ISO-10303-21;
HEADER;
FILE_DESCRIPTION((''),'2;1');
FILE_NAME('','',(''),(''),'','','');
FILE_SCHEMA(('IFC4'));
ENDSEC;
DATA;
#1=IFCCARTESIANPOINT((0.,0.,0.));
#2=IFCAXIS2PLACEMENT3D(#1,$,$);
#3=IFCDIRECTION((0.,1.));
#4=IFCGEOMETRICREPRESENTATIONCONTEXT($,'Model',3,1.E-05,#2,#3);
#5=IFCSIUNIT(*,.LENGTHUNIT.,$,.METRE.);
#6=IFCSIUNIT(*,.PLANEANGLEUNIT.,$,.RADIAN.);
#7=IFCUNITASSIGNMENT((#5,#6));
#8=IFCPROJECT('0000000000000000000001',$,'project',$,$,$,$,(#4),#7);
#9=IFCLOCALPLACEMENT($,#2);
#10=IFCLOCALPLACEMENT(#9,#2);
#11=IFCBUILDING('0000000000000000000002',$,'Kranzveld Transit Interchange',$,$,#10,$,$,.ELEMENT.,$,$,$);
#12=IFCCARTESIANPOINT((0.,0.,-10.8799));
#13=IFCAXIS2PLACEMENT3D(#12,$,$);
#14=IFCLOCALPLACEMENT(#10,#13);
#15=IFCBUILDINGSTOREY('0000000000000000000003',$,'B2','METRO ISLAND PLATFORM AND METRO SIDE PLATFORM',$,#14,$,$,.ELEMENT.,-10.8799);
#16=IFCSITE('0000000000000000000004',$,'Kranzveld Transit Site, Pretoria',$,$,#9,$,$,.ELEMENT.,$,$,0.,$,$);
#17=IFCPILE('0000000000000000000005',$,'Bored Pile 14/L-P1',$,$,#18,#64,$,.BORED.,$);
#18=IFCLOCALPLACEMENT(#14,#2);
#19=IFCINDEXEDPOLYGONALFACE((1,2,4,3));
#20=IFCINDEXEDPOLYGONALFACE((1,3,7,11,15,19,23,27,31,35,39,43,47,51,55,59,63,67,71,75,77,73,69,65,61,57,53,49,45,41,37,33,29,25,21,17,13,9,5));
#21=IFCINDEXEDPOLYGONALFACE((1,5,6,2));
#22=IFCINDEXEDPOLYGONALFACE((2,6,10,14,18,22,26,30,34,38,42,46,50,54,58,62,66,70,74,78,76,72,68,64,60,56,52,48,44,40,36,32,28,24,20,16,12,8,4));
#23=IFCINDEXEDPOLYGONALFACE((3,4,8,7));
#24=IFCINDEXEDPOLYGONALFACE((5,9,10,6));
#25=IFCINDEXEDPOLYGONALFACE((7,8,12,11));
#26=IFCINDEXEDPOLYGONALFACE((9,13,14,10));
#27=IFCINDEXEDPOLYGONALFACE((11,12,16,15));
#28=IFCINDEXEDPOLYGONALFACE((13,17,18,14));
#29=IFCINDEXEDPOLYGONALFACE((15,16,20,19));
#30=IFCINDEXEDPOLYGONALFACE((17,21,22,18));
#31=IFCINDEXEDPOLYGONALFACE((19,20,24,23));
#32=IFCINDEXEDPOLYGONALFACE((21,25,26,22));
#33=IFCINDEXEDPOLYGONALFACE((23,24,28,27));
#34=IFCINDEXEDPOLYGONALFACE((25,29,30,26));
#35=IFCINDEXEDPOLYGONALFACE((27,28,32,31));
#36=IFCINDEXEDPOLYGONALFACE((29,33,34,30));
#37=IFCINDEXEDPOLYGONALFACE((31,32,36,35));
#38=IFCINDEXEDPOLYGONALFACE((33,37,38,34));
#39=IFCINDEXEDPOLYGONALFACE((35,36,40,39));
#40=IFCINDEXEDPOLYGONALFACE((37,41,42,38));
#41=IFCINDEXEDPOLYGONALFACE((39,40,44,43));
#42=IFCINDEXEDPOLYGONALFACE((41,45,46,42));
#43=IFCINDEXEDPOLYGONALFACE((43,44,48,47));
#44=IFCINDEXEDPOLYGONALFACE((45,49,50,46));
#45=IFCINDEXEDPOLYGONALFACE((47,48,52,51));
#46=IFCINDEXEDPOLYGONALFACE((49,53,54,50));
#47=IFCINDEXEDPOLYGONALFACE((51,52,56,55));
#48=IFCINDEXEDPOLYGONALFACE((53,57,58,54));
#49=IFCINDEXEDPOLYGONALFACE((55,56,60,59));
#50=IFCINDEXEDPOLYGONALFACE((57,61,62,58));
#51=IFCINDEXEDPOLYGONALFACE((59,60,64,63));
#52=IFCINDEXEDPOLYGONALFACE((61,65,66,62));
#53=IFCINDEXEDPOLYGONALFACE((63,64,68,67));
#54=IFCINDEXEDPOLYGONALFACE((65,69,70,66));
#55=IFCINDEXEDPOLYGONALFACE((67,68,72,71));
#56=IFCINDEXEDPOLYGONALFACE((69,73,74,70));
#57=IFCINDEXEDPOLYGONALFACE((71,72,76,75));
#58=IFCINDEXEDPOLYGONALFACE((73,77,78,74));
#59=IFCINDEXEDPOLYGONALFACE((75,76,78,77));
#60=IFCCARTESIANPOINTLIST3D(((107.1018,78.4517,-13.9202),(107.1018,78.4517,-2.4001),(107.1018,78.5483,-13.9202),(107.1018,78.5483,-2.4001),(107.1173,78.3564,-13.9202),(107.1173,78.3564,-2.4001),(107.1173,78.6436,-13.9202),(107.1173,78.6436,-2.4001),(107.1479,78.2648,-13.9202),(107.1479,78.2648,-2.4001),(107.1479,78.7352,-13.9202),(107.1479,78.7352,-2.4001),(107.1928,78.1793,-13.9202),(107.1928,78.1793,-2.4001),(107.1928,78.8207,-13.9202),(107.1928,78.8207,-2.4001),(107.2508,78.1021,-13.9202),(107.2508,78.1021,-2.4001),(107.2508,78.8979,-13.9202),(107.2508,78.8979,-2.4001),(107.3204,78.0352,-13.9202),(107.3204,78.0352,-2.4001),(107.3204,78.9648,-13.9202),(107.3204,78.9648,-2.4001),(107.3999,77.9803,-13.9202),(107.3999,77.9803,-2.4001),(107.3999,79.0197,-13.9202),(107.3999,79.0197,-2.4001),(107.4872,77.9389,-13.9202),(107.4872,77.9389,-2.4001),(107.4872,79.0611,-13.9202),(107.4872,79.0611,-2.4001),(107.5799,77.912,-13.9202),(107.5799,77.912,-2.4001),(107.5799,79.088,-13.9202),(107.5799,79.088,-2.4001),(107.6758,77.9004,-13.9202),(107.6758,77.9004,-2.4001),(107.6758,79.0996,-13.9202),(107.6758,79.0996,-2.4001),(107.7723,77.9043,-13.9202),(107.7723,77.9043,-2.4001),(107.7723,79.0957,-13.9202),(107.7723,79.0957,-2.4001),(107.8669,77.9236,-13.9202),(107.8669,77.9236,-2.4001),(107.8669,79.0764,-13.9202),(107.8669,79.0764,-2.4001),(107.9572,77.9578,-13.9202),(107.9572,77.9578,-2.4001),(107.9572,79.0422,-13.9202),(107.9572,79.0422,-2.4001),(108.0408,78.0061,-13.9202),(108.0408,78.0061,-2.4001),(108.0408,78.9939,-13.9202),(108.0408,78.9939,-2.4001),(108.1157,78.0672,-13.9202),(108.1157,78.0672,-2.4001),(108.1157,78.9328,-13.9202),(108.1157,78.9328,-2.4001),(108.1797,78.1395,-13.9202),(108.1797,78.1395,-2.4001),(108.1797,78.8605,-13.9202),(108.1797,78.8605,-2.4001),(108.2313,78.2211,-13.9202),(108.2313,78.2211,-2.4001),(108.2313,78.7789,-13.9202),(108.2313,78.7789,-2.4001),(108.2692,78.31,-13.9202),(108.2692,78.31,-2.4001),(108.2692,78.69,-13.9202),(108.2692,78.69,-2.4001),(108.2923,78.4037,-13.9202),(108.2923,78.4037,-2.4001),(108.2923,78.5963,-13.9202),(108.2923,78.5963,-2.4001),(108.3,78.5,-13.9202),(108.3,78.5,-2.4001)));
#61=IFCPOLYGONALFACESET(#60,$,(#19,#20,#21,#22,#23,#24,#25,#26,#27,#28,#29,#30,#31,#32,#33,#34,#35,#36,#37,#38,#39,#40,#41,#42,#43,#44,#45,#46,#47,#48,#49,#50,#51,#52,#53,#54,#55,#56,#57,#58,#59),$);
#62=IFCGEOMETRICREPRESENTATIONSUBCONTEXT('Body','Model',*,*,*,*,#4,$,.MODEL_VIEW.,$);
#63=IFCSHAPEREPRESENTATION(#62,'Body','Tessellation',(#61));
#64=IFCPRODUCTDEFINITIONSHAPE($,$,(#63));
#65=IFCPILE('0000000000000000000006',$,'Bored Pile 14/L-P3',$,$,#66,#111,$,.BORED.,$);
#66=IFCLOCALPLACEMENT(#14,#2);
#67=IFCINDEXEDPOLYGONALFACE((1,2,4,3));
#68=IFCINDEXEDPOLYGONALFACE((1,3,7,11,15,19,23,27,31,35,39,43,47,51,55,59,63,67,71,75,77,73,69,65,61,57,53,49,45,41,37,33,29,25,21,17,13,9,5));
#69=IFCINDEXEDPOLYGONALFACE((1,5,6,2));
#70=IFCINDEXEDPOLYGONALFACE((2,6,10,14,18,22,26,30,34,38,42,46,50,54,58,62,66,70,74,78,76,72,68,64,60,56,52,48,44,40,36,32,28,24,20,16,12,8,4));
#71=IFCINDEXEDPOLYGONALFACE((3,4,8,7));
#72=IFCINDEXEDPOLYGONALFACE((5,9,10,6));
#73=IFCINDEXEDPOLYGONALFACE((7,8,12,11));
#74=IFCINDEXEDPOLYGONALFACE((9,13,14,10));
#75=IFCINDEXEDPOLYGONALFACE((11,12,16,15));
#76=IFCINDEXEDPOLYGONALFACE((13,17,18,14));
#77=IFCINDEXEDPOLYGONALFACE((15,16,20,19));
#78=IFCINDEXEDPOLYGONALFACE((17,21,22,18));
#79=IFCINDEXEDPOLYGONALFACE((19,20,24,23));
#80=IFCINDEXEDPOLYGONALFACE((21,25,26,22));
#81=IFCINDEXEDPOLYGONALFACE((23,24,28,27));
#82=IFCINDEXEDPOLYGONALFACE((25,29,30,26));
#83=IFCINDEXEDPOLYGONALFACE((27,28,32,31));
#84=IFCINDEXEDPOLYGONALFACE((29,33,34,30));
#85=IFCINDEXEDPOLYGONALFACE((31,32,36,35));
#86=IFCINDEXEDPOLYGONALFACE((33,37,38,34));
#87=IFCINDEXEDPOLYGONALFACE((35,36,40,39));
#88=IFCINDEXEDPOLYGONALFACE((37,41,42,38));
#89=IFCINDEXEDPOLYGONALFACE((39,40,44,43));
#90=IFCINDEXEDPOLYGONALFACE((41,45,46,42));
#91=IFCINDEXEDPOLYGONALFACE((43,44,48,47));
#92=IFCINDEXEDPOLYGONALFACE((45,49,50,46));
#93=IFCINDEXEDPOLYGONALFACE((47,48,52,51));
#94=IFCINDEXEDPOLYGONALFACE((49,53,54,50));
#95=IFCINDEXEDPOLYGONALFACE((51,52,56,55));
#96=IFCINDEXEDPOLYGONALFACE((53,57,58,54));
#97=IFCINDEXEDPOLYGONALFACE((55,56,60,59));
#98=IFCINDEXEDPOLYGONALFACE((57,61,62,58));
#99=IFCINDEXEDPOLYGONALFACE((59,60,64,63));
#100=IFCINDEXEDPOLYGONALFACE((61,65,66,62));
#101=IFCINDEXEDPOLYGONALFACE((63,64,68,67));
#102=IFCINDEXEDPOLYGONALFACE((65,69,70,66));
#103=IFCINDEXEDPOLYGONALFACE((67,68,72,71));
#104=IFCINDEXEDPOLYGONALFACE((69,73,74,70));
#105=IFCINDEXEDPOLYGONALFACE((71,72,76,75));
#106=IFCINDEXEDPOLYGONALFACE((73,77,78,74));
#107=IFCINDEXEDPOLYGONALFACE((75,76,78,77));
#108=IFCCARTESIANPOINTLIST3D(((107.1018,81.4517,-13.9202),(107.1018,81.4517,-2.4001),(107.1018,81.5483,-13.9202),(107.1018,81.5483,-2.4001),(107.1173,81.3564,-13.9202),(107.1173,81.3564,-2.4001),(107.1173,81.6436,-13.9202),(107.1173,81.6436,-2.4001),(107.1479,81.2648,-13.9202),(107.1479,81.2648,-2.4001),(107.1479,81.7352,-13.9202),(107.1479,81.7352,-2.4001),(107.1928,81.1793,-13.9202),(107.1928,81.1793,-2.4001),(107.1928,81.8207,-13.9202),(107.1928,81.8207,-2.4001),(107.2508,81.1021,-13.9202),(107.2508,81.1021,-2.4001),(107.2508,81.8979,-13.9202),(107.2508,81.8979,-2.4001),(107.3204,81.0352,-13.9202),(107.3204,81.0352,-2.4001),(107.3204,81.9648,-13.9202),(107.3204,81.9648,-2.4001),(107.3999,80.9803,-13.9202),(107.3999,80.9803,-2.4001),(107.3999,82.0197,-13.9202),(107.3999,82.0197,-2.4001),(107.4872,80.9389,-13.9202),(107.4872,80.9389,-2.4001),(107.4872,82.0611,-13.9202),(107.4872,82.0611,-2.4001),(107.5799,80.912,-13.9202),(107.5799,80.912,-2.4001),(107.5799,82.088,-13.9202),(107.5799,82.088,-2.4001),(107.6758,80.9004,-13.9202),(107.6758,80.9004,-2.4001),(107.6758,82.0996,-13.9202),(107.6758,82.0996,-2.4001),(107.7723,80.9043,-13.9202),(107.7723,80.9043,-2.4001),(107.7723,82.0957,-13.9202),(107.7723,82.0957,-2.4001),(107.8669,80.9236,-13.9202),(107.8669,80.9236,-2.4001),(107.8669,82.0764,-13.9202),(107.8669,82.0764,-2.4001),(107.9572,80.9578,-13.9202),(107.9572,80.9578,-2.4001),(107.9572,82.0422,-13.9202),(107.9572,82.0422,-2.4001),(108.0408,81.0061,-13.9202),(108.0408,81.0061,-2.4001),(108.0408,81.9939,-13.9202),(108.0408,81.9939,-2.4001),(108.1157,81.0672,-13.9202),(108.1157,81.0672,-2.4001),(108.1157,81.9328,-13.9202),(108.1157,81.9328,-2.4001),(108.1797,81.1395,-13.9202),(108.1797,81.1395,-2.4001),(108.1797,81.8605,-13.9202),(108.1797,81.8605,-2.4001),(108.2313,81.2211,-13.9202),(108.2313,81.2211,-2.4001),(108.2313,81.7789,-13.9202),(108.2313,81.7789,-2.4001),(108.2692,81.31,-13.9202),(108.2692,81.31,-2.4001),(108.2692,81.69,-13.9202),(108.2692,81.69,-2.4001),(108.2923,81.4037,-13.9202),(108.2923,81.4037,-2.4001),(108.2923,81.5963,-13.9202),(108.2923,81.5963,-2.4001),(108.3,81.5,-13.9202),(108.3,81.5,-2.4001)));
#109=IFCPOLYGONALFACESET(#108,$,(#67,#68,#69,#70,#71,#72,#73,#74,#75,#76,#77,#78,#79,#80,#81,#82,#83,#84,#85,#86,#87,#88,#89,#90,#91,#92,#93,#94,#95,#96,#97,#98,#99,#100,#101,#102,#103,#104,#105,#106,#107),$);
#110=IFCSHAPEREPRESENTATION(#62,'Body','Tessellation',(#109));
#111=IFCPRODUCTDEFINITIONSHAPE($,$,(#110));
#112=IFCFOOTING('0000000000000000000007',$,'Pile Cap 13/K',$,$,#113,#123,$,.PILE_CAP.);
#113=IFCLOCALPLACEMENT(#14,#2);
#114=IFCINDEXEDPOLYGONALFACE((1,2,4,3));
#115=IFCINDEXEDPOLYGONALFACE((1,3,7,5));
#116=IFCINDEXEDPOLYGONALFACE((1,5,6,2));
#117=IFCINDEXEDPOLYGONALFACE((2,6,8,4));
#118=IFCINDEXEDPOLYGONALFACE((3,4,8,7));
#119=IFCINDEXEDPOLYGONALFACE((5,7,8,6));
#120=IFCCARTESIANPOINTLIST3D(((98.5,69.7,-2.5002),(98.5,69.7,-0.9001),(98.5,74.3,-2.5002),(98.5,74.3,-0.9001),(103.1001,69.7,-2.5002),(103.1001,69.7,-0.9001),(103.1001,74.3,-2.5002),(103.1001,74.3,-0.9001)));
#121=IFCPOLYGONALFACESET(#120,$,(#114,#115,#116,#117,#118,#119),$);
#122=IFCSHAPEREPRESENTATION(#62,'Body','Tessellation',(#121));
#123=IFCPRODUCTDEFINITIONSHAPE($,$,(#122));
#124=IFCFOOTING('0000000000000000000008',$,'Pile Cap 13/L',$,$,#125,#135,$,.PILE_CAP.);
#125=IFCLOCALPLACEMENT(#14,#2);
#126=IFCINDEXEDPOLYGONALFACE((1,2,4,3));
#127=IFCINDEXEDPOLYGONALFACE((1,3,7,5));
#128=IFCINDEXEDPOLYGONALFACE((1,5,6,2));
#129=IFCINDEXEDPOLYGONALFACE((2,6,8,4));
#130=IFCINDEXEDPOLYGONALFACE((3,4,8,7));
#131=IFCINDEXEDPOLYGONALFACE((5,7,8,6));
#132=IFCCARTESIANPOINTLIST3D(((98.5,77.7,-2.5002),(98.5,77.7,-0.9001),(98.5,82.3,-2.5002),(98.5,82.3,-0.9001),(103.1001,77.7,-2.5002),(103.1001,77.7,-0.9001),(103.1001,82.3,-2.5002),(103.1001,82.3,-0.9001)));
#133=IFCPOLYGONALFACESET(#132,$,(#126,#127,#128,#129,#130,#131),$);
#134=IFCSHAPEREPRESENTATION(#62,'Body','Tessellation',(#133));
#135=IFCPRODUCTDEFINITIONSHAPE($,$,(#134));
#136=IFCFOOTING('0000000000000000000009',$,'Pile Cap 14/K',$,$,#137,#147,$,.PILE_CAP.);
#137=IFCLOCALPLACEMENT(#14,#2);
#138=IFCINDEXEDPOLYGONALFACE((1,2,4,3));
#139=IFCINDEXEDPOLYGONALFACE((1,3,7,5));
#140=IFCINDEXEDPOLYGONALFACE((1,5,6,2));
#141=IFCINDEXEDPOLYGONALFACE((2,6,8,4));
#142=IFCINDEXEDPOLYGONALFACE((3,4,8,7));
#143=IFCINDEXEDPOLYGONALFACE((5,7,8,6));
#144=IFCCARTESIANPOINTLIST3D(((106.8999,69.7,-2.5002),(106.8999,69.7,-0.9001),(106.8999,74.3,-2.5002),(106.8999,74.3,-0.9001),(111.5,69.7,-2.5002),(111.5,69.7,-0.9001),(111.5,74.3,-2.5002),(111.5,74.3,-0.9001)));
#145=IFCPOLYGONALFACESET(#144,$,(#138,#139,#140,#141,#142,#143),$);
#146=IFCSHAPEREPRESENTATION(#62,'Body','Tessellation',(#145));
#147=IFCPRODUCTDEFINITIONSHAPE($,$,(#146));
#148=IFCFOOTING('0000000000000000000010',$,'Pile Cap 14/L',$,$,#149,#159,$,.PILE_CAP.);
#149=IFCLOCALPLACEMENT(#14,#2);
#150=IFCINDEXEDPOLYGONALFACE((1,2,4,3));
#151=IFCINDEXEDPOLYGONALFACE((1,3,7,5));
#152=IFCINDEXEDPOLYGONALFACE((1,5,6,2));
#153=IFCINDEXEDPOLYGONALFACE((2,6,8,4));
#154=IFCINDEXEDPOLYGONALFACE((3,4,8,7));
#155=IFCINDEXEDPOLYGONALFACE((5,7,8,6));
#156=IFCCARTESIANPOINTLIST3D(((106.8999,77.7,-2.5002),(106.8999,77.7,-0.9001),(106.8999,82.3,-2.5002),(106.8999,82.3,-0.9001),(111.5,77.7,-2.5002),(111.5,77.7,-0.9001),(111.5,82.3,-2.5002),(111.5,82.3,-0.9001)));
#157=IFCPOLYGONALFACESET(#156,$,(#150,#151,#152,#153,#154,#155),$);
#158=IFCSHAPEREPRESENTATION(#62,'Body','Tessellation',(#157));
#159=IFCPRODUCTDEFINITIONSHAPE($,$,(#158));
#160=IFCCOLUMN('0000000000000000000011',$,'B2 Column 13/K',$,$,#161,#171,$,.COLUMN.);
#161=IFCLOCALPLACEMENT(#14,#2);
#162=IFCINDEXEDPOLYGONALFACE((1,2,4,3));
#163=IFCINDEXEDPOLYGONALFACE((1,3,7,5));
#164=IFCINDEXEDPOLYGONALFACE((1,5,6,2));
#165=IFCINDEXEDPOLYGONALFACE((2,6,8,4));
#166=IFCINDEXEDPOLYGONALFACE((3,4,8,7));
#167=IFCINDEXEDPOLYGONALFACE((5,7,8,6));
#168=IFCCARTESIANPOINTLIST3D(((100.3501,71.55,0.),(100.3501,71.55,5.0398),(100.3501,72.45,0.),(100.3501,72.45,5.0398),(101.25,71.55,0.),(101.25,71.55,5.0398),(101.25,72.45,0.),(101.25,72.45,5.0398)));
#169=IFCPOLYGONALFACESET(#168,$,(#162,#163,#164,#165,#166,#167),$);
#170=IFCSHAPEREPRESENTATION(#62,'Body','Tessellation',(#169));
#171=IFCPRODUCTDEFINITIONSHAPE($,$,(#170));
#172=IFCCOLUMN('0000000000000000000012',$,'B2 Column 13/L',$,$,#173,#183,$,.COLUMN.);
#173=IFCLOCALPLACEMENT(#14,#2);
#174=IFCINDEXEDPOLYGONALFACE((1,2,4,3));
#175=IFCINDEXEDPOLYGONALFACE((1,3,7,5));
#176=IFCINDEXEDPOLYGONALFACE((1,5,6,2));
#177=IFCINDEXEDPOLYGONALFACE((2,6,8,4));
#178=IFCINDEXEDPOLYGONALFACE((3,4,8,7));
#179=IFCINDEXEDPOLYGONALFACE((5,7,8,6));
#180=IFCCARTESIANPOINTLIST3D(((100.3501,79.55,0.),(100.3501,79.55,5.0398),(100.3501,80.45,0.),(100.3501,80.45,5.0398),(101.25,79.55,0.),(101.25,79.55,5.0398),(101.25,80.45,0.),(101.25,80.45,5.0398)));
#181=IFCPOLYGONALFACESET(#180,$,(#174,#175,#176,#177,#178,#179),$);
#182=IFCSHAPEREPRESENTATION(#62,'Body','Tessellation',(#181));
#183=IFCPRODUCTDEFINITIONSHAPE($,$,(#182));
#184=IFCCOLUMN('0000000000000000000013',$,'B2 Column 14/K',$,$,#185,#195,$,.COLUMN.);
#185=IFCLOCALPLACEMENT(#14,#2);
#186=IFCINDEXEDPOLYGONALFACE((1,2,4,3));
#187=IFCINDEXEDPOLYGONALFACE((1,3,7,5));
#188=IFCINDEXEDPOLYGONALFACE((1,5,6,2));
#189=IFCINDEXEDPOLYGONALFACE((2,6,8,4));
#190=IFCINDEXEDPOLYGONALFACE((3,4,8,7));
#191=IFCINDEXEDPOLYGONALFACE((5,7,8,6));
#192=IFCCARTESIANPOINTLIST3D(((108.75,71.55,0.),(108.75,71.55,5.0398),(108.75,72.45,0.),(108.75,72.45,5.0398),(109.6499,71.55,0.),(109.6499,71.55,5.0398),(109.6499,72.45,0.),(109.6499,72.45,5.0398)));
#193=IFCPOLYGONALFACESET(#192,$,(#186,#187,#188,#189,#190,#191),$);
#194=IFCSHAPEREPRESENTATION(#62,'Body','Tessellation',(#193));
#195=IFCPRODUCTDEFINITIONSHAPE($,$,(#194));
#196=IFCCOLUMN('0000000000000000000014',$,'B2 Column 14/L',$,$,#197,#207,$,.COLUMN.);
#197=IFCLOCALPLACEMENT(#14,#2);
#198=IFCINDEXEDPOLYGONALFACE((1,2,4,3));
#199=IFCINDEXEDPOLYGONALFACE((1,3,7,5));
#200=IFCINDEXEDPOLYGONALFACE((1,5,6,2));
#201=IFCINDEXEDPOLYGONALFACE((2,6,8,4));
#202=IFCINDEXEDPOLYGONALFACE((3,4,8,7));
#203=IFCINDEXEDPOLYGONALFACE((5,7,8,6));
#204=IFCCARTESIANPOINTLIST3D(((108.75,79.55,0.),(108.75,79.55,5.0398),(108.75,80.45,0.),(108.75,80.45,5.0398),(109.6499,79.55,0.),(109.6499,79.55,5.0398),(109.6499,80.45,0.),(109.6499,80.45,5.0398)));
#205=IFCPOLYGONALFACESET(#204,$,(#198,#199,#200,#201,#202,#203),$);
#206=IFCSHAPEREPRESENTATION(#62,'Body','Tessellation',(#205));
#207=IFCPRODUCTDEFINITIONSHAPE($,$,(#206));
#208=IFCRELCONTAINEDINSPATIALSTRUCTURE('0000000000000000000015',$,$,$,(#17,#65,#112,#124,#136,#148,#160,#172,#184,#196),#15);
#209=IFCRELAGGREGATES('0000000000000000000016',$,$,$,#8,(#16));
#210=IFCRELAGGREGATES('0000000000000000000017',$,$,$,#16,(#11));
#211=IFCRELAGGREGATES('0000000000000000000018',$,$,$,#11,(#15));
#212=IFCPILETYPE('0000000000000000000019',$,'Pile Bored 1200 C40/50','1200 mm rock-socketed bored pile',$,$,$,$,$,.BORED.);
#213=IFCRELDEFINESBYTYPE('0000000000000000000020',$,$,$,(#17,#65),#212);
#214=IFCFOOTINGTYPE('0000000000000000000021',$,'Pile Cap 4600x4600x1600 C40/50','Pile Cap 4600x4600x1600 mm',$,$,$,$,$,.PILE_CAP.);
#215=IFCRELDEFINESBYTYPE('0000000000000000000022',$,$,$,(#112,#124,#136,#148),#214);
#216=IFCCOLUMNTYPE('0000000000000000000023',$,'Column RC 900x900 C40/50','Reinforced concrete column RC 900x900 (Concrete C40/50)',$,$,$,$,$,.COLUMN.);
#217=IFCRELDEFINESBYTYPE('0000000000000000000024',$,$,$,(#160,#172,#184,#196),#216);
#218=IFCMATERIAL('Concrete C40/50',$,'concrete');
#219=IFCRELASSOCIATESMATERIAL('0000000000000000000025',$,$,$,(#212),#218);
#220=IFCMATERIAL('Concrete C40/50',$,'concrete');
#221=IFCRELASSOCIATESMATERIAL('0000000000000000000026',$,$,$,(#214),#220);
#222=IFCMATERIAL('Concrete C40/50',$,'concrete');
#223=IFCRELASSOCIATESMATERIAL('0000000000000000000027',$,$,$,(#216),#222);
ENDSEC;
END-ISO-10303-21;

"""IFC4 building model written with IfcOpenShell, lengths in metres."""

from ifc_helpers import new_model, si_unit, direction, frame, origin, origin_2d, place, context, subcontext, project, spatial, rectangle, circle, extrude, material, material_profile, profile_set, type_object, element, save


model = new_model("IFC4")

# Units and contexts
model_context = context("Model", 3, precision=1e-05, world=origin(), true_north=direction((0.0, 1.0)))
body_context = subcontext(model_context, "Body", "Model", "MODEL_VIEW")
ifc_project = project(units=[si_unit("LENGTHUNIT", "METRE"), si_unit("PLANEANGLEUNIT", "RADIAN")], contexts=[model_context])

# Site, building, storey
site_placement = place(None, origin())
site = spatial("IfcSite", under=ifc_project, at=site_placement, Name="Kranzveld Transit Site, Pretoria", CompositionType="ELEMENT", RefElevation=0.0)
building_placement = place(site_placement, origin())
building = spatial("IfcBuilding", under=site, at=building_placement, Name="Kranzveld Transit Interchange", CompositionType="ELEMENT")
storey_placement = place(building_placement, frame((0.0, 0.0, -10.8799)))
storey = spatial("IfcBuildingStorey", under=building, at=storey_placement, Name="B2", Description="METRO ISLAND PLATFORM AND METRO SIDE PLATFORM", CompositionType="ELEMENT", Elevation=-10.8799)

# Piles
ifc_material_1 = material(Name="Concrete C40/50", Category="concrete")
ifc_material_profile_1 = material_profile(ifc_material_1, circle(Radius=0.6001, at=origin_2d()), Name="BORED PILE 1200")
ifc_profile_set_1 = profile_set([ifc_material_profile_1], Name="Concrete C40/50")
pile_type = type_object("IfcPileType", Name="Pile Bored 1200 C40/50", Description="1200 mm rock-socketed bored pile", PredefinedType="BORED", material=ifc_profile_set_1)
for number, where, z_axis, x_axis, name in (
    (1, (107.7, 78.5, -2.4001), (0.0, 0.0, -1.0), (1.0, 0.0, 0.0), "Bored Pile 14/L-P1"),
    (2, (107.7, 81.5, -2.4001), (0.0, 0.0, -1.0), (1.0, 0.0, 0.0), "Bored Pile 14/L-P3"),
):
    element("IfcPile", number, at=place(storey_placement, frame(where, z_axis=z_axis, x_axis=x_axis)), inside=storey, type_object=pile_type, Name=name, PredefinedType="BORED", context=body_context, shape_type="SweptSolid", body=[
        extrude(circle(Radius=0.6001, at=origin_2d()), origin(), (0.0, 0.0, 1.0), 11.52),
    ])

# Footings
ifc_material_2 = material(Name="Concrete C40/50", Category="concrete")
footing_type = type_object("IfcFootingType", Name="Pile Cap 4600x4600x1600 C40/50", Description="Pile Cap 4600x4600x1600 mm", PredefinedType="PILE_CAP", material=ifc_material_2)
for number, where, z_axis, x_axis, name in (
    (3, (100.8, 72.0, -2.5002), (0.0, 0.0, 1.0), (1.0, 0.0, 0.0), "Pile Cap 13/K"),
    (4, (100.8, 80.0, -2.5002), (0.0, 0.0, 1.0), (1.0, 0.0, 0.0), "Pile Cap 13/L"),
    (5, (109.2, 72.0, -2.5002), (0.0, 0.0, 1.0), (1.0, 0.0, 0.0), "Pile Cap 14/K"),
    (6, (109.2, 80.0, -2.5002), (0.0, 0.0, 1.0), (1.0, 0.0, 0.0), "Pile Cap 14/L"),
):
    element("IfcFooting", number, at=place(storey_placement, frame(where, z_axis=z_axis, x_axis=x_axis)), inside=storey, type_object=footing_type, Name=name, PredefinedType="PILE_CAP", context=body_context, shape_type="SweptSolid", body=[
        extrude(rectangle(XDim=4.6001, YDim=4.6001, at=origin_2d()), origin(), (0.0, 0.0, 1.0), 1.6001),
    ])

# Columns
ifc_material_3 = material(Name="Concrete C40/50", Category="concrete")
ifc_material_profile_2 = material_profile(ifc_material_3, rectangle(XDim=0.8999, YDim=0.8999, at=origin_2d()), Name="RC 900x900")
ifc_profile_set_2 = profile_set([ifc_material_profile_2], Name="Concrete C40/50")
column_type = type_object("IfcColumnType", Name="Column RC 900x900 C40/50", Description="Reinforced concrete column RC 900x900 (Concrete C40/50)", PredefinedType="COLUMN", material=ifc_profile_set_2)
for number, where, z_axis, x_axis, name in (
    (7, (100.8, 72.0, 0.0), (0.0, 0.0, 1.0), (1.0, 0.0, 0.0), "B2 Column 13/K"),
    (8, (100.8, 80.0, 0.0), (0.0, 0.0, 1.0), (1.0, 0.0, 0.0), "B2 Column 13/L"),
    (9, (109.2, 72.0, 0.0), (0.0, 0.0, 1.0), (1.0, 0.0, 0.0), "B2 Column 14/K"),
    (10, (109.2, 80.0, 0.0), (0.0, 0.0, 1.0), (1.0, 0.0, 0.0), "B2 Column 14/L"),
):
    element("IfcColumn", number, at=place(storey_placement, frame(where, z_axis=z_axis, x_axis=x_axis)), inside=storey, type_object=column_type, Name=name, PredefinedType="COLUMN", context=body_context, shape_type="SweptSolid", body=[
        extrude(rectangle(XDim=0.8999, YDim=0.8999, at=origin_2d()), origin(), (0.0, 0.0, 1.0), 5.0398),
    ])

save(model, "model.ifc")
